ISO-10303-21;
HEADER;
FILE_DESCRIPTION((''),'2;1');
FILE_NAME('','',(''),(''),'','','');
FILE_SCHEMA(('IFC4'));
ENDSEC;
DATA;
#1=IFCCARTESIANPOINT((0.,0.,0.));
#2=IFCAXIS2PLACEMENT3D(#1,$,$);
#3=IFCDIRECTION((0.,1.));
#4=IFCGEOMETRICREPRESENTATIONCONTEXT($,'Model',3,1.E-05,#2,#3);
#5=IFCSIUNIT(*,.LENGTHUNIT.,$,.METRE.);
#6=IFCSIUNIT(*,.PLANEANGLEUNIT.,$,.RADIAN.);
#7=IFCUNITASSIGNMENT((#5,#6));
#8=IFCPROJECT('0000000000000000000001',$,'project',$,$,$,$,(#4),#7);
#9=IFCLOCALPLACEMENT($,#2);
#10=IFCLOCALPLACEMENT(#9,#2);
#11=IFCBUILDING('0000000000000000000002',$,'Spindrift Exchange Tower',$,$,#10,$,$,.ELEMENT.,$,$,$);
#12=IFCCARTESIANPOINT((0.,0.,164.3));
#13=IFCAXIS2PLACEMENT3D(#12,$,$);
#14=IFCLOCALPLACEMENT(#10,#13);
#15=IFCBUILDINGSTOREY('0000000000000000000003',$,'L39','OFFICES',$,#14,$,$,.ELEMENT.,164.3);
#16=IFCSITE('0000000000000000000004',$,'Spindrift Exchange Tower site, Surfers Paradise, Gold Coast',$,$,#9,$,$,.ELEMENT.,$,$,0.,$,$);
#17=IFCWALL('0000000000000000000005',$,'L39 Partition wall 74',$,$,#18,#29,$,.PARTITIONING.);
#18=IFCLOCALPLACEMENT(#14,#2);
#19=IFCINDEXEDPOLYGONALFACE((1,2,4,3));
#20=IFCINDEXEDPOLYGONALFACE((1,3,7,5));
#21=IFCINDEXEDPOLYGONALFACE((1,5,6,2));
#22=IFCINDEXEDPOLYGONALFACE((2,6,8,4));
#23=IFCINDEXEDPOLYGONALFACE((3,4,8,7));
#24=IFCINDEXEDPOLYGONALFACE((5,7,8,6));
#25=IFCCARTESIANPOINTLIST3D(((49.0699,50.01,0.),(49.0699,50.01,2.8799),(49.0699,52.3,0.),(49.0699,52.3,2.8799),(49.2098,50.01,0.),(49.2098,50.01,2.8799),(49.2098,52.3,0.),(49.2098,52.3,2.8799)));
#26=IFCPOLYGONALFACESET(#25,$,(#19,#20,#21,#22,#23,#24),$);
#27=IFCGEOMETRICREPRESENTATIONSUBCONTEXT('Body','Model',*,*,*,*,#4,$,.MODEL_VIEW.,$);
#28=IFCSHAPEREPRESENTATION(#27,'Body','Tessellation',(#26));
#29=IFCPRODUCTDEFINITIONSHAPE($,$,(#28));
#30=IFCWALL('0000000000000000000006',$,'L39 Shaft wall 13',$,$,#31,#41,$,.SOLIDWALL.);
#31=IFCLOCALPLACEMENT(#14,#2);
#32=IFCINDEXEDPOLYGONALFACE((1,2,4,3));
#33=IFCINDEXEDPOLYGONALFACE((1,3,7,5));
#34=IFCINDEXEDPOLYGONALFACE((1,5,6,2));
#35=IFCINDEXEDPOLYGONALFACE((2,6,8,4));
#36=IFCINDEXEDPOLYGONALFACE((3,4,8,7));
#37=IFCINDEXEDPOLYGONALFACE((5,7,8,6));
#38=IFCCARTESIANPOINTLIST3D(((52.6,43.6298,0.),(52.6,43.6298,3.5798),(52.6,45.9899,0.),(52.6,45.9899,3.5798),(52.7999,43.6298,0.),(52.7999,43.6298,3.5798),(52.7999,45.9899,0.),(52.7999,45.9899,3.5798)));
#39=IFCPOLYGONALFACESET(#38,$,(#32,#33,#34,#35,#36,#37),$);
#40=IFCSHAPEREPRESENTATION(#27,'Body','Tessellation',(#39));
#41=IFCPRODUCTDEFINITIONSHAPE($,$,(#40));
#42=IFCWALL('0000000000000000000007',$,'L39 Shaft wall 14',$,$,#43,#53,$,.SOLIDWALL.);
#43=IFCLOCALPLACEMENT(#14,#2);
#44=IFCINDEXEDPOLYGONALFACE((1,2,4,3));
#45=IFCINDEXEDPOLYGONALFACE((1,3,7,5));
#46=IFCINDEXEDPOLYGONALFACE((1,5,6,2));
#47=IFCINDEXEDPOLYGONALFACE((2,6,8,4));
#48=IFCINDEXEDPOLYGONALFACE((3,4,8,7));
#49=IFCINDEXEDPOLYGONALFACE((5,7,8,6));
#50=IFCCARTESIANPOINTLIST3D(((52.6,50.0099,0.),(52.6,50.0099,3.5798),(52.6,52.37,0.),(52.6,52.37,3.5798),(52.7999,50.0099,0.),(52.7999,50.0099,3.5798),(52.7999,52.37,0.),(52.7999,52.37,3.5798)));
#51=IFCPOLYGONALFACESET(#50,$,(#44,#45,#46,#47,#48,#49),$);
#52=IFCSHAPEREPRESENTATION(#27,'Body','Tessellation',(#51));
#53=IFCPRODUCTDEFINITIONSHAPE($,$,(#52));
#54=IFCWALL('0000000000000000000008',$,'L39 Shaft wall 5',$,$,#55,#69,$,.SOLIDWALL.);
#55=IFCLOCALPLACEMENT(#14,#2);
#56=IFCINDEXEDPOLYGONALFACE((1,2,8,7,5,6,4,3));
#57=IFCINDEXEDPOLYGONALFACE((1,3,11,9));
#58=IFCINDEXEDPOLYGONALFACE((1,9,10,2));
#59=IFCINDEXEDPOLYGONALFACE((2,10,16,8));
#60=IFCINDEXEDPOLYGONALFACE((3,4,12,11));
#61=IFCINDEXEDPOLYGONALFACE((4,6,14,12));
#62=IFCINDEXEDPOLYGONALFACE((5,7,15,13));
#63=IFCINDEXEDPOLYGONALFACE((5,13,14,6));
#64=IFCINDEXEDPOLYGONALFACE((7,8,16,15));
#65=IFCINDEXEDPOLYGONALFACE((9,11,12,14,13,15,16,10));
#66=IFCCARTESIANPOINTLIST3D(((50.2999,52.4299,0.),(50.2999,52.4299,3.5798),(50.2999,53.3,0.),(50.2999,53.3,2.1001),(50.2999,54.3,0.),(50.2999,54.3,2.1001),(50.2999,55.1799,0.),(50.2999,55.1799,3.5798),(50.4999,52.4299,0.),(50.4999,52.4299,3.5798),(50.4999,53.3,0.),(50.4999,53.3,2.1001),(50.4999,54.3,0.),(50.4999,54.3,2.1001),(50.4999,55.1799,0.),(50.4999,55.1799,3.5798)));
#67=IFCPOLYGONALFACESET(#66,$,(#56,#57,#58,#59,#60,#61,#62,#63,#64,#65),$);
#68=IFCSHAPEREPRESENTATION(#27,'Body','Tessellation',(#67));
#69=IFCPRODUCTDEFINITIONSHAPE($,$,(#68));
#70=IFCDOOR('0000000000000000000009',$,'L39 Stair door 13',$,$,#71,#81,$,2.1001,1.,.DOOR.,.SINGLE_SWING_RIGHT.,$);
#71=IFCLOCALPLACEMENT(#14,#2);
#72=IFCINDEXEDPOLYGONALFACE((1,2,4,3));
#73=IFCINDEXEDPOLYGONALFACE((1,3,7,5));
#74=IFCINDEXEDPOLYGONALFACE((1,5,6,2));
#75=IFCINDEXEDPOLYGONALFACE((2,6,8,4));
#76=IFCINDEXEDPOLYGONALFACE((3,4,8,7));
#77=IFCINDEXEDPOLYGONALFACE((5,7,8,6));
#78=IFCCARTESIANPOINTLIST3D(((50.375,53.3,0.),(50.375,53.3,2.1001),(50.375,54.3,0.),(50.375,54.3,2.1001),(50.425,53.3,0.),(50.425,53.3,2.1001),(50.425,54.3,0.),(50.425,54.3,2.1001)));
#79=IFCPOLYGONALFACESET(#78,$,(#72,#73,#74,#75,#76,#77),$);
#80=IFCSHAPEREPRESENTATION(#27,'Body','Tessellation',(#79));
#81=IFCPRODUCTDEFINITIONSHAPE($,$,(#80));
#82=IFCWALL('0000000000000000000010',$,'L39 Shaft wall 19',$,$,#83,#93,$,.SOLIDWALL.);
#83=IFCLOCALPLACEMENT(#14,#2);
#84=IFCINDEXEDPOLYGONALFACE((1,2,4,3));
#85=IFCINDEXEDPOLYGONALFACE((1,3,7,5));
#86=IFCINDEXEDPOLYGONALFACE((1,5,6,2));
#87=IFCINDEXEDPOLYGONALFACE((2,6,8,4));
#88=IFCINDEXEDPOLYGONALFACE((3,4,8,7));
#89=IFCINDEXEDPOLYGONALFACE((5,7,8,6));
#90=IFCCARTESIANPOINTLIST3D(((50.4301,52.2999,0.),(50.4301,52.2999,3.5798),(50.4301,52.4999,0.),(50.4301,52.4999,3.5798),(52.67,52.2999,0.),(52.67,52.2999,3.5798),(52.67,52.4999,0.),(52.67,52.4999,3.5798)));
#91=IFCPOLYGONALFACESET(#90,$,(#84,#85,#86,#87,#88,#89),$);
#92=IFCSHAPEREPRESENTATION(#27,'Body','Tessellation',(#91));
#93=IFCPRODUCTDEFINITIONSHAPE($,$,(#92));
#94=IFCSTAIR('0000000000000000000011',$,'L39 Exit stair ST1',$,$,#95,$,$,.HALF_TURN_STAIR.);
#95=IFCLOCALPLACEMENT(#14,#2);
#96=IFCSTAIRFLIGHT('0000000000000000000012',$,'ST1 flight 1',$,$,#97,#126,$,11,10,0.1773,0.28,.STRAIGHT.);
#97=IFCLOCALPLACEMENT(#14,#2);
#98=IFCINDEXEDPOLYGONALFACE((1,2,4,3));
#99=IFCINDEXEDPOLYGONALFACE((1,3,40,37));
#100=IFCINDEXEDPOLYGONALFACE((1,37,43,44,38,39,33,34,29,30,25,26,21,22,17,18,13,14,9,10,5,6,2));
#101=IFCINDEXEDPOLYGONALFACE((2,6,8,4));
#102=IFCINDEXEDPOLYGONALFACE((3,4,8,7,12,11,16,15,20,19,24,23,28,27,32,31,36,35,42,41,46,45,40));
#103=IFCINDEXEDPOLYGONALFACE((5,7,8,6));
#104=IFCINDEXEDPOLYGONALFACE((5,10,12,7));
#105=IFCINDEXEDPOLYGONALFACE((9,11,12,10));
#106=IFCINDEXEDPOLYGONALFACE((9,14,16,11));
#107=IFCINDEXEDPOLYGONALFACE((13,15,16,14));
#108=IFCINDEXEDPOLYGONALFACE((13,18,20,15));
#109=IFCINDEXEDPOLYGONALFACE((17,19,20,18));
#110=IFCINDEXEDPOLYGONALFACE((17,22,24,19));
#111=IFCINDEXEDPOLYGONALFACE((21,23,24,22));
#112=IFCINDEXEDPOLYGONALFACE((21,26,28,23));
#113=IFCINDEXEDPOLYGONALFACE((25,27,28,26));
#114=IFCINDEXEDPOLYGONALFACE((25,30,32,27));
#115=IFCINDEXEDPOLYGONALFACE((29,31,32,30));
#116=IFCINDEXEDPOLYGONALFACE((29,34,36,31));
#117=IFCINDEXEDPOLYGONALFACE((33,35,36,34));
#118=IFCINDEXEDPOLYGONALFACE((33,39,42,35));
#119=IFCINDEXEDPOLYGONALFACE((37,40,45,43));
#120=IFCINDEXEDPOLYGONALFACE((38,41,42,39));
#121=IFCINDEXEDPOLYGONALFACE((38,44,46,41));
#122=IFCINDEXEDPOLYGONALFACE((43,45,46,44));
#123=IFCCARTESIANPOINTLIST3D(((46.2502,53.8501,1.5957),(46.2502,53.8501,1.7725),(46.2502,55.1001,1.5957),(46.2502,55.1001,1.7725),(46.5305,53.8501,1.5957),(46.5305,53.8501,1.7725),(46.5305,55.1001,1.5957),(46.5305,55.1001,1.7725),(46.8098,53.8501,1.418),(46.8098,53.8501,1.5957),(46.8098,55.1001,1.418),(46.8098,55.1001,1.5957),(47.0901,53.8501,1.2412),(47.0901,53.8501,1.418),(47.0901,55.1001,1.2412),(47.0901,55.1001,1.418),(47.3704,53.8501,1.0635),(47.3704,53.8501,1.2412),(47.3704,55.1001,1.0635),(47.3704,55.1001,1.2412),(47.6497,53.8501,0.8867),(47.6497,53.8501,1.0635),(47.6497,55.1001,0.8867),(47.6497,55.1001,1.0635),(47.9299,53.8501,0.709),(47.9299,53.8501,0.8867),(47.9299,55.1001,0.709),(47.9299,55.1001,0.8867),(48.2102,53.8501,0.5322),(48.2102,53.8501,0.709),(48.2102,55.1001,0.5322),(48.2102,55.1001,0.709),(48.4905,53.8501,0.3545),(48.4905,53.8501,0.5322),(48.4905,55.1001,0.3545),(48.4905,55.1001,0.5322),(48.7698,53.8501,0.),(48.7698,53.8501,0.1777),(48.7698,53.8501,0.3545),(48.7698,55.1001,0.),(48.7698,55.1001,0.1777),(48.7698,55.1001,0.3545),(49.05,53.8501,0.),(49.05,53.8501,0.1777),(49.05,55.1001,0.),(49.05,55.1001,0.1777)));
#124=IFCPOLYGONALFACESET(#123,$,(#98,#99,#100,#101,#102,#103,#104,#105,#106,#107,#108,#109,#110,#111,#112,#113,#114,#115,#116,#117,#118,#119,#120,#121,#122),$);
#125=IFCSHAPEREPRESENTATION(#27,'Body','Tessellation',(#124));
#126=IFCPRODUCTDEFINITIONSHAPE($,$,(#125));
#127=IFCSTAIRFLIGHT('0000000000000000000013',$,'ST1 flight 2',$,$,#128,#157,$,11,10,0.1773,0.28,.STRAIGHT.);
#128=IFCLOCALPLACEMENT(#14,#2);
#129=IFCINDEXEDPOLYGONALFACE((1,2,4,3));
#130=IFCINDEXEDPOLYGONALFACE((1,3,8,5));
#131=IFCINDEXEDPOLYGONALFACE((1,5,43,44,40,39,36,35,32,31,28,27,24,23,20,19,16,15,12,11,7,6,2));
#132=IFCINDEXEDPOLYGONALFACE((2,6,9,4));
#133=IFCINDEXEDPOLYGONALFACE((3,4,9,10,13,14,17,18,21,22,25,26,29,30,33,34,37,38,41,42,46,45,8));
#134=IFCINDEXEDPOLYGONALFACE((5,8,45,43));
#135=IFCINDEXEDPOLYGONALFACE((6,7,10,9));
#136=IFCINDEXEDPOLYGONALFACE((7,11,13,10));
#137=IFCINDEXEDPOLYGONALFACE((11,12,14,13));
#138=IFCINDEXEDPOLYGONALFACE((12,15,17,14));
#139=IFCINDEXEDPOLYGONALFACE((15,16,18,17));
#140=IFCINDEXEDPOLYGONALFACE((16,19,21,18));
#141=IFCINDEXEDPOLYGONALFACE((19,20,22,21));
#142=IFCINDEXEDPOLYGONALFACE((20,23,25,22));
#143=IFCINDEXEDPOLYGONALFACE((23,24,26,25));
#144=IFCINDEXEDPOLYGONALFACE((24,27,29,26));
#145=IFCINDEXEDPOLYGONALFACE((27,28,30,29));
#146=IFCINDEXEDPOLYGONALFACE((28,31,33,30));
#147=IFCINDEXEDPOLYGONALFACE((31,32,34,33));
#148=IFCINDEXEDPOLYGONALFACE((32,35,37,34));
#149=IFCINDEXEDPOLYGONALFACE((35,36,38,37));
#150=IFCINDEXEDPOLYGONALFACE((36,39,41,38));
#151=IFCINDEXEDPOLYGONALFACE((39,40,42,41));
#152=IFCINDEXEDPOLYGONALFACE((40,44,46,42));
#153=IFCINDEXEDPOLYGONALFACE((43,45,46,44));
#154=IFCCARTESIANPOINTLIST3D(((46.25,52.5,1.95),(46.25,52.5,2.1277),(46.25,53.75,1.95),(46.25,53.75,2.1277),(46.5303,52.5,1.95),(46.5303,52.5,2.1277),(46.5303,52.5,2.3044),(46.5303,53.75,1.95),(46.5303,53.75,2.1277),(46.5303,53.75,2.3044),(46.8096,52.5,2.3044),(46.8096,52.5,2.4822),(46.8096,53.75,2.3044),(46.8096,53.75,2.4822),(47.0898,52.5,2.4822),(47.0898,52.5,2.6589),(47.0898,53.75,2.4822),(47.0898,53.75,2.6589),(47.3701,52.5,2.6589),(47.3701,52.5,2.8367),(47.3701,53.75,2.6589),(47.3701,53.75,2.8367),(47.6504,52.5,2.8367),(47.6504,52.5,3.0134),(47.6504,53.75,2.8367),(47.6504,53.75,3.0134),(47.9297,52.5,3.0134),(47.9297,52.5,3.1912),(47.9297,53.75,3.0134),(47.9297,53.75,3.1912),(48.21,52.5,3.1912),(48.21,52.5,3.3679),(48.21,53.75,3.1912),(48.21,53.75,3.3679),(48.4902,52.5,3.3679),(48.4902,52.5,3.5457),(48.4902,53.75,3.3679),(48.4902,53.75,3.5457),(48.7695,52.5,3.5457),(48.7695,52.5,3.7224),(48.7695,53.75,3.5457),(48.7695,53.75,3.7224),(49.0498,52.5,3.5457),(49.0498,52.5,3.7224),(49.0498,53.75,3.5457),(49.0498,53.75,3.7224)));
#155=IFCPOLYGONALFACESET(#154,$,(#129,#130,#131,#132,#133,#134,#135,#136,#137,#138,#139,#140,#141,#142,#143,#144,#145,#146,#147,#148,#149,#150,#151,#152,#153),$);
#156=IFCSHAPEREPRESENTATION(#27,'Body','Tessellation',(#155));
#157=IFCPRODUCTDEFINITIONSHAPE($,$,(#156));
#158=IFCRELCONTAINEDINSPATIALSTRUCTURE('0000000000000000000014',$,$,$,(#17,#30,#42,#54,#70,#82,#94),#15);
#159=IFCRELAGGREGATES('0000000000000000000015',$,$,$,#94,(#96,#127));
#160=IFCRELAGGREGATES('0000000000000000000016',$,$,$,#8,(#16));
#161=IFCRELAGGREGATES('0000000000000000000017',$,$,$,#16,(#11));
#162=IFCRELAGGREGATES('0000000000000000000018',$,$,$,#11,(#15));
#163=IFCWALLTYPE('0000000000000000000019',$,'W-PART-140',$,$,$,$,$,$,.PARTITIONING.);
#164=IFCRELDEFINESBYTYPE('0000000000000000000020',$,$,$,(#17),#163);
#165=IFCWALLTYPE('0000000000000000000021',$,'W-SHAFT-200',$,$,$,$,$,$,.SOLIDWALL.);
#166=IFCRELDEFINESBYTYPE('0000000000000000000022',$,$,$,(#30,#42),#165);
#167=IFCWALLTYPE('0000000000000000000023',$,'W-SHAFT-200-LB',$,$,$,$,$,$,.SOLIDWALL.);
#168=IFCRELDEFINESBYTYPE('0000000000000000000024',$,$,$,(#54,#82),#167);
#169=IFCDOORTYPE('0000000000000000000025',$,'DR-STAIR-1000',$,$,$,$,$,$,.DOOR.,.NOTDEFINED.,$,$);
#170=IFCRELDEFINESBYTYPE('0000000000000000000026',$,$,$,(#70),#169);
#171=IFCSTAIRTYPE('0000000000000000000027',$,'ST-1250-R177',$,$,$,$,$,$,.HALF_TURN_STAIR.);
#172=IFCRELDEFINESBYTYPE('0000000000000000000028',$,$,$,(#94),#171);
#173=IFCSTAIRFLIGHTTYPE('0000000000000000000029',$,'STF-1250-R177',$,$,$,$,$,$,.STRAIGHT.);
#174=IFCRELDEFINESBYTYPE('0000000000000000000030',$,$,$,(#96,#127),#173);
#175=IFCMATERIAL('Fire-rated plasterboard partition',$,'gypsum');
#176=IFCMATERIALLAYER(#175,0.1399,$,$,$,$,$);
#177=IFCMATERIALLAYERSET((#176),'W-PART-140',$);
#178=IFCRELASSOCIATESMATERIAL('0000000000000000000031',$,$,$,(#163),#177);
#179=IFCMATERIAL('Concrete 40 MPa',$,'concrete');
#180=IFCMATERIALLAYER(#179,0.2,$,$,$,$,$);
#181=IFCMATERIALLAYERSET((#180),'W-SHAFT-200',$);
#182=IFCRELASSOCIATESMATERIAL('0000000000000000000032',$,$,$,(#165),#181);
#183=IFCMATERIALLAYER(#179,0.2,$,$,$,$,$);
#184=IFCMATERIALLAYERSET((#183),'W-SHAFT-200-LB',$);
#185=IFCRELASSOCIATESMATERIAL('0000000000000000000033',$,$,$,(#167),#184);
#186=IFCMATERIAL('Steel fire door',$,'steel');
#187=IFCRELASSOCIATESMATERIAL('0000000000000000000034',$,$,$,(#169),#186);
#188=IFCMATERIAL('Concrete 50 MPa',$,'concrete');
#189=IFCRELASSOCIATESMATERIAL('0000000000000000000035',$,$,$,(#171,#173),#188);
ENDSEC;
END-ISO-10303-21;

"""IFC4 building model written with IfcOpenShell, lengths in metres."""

from ifc_helpers import new_model, si_unit, direction, frame, frame_2d, origin, place, context, subcontext, project, spatial, line, indexed_curve, rectangle, outline, extrude, source, transform, mapped, material, layer, layer_set, type_object, element, fill, aggregate, save


model = new_model("IFC4")

# Units and contexts
model_context = context("Model", 3, precision=1e-05, world=origin(), true_north=direction((0.0, 1.0)))
body_context = subcontext(model_context, "Body", "Model", "MODEL_VIEW")
ifc_project = project(units=[si_unit("LENGTHUNIT", "METRE"), si_unit("PLANEANGLEUNIT", "RADIAN")], contexts=[model_context])

# Site, building, storey
site_placement = place(None, origin())
site = spatial("IfcSite", under=ifc_project, at=site_placement, Name="Spindrift Exchange Tower site, Surfers Paradise, Gold Coast", CompositionType="ELEMENT", RefElevation=0.0)
building_placement = place(site_placement, origin())
building = spatial("IfcBuilding", under=site, at=building_placement, Name="Spindrift Exchange Tower", CompositionType="ELEMENT")
storey_placement = place(building_placement, frame((0.0, 0.0, 164.3)))
storey = spatial("IfcBuildingStorey", under=building, at=storey_placement, Name="L39", Description="OFFICES", CompositionType="ELEMENT", Elevation=164.3)

# Walls
ifc_material_1 = material(Name="Fire-rated plasterboard partition", Category="gypsum")
ifc_layer_1 = layer(ifc_material_1, 0.1399)
ifc_layer_set_1 = layer_set([ifc_layer_1], Name="W-PART-140")
wall_type_1 = type_object("IfcWallType", Name="W-PART-140", PredefinedType="PARTITIONING", material=ifc_layer_set_1)
wall_1_placement = place(storey_placement, frame((49.1399, 50.01, 0.0), z_axis=(0.0, 0.0, 1.0), x_axis=(0.0, 1.0, 0.0)))
element("IfcWall", 1, at=wall_1_placement, inside=storey, type_object=wall_type_1, Name="L39 Partition wall 74", PredefinedType="PARTITIONING", context=body_context, shape_type="SweptSolid", body=[
    extrude(rectangle(XDim=2.29, YDim=0.1399, at=frame_2d((1.145, 0.0))), origin(), (0.0, 0.0, 1.0), 2.8799),
])
ifc_material_2 = material(Name="Concrete 40 MPa", Category="concrete")
ifc_layer_2 = layer(ifc_material_2, 0.2)
ifc_layer_set_2 = layer_set([ifc_layer_2], Name="W-SHAFT-200")
wall_type_2 = type_object("IfcWallType", Name="W-SHAFT-200", PredefinedType="SOLIDWALL", material=ifc_layer_set_2)
for number, where, z_axis, x_axis, name in (
    (2, (52.7, 45.99, 0.0), (0.0, 0.0, 1.0), (0.0, -1.0, 0.0), "L39 Shaft wall 13"),
    (3, (52.7, 52.3701, 0.0), (0.0, 0.0, 1.0), (0.0, -1.0, 0.0), "L39 Shaft wall 14"),
):
    element("IfcWall", number, at=place(storey_placement, frame(where, z_axis=z_axis, x_axis=x_axis)), inside=storey, type_object=wall_type_2, Name=name, PredefinedType="SOLIDWALL", context=body_context, shape_type="SweptSolid", body=[
        extrude(rectangle(XDim=2.3601, YDim=0.2, at=frame_2d((1.1802, 0.0))), origin(), (0.0, 0.0, 1.0), 3.5798),
    ])

# Wall, opening, door
ifc_layer_3 = layer(ifc_material_2, 0.2)
ifc_layer_set_3 = layer_set([ifc_layer_3], Name="W-SHAFT-200-LB")
wall_type_3 = type_object("IfcWallType", Name="W-SHAFT-200-LB", PredefinedType="SOLIDWALL", material=ifc_layer_set_3)
wall_2_placement = place(storey_placement, frame((50.3999, 52.4299, 0.0), z_axis=(0.0, 0.0, 1.0), x_axis=(0.0, 1.0, 0.0)))
wall_2 = element("IfcWall", 4, at=wall_2_placement, inside=storey, type_object=wall_type_3, Name="L39 Shaft wall 5", PredefinedType="SOLIDWALL", context=body_context, shape_type="SweptSolid", body=[
    extrude(rectangle(XDim=2.75, YDim=0.2, at=frame_2d((1.375, 0.0))), origin(), (0.0, 0.0, 1.0), 3.5798),
])
opening_placement = place(wall_2_placement, frame((0.8701, 0.0, 0.0)))
opening = element("IfcOpeningElement", 5, at=opening_placement, cuts=wall_2, PredefinedType="OPENING", context=body_context, shape_type="SweptSolid", body=[
    extrude(rectangle(XDim=1.0, YDim=2.1001, at=frame_2d((0.5, 1.05))), frame((0.0, 0.1099, 0.0), z_axis=(0.0, -1.0, 0.0), x_axis=(1.0, 0.0, 0.0)), (0.0, 0.0, 1.0), 0.22),
])
ifc_material_3 = material(Name="Steel fire door", Category="steel")
door_type = type_object("IfcDoorType", Name="DR-STAIR-1000", OperationType="NOTDEFINED", PredefinedType="DOOR", material=ifc_material_3)
shared_shape = source(origin(), body_context, "Body", "SweptSolid", [
    extrude(rectangle(XDim=1.0, YDim=2.1001, at=frame_2d((0.5, 1.05))), frame((0.0, 0.0249, 0.0), z_axis=(0.0, -1.0, 0.0), x_axis=(1.0, 0.0, 0.0)), (0.0, 0.0, 1.0), 0.05),
])
door_placement = place(opening_placement, origin())
door = element("IfcDoor", 6, at=door_placement, inside=storey, type_object=door_type, Name="L39 Stair door 13", OperationType="SINGLE_SWING_RIGHT", OverallHeight=2.1001, OverallWidth=1.0, PredefinedType="DOOR", context=body_context, shape_type="MappedRepresentation", body=[
    mapped(shared_shape, transform((0.0, 0.0, 0.0), scale=1.0)),
])
fill(opening, door)

# Wall
wall_3_placement = place(storey_placement, frame((50.4299, 52.3999, 0.0), z_axis=(0.0, 0.0, 1.0), x_axis=(1.0, 0.0, 0.0)))
element("IfcWall", 7, at=wall_3_placement, inside=storey, type_object=wall_type_3, Name="L39 Shaft wall 19", PredefinedType="SOLIDWALL", context=body_context, shape_type="SweptSolid", body=[
    extrude(rectangle(XDim=2.24, YDim=0.2, at=frame_2d((1.1201, 0.0))), origin(), (0.0, 0.0, 1.0), 3.5798),
])

# Stair, stair flights
ifc_material_4 = material(Name="Concrete 50 MPa", Category="concrete")
stair_type = type_object("IfcStairType", Name="ST-1250-R177", PredefinedType="HALF_TURN_STAIR", material=ifc_material_4)
stair_placement = place(storey_placement, origin())
stair = element("IfcStair", 8, at=stair_placement, inside=storey, type_object=stair_type, Name="L39 Exit stair ST1", PredefinedType="HALF_TURN_STAIR")
stair_flight_type = type_object("IfcStairFlightType", Name="STF-1250-R177", PredefinedType="STRAIGHT", material=ifc_material_4)
stair_flight_1_placement = place(storey_placement, frame((49.05, 54.4751, 0.0), z_axis=(0.0, 0.0, 1.0), x_axis=(-1.0, 0.0, 0.0)))
stair_flight_1 = element("IfcStairFlight", 9, at=stair_flight_1_placement, type_object=stair_flight_type, Name="ST1 flight 1", NumberOfRisers=11, NumberOfTreads=10, PredefinedType="STRAIGHT", RiserHeight=0.1773, TreadLength=0.28, context=body_context, shape_type="SweptSolid", body=[
    extrude(outline(indexed_curve([(0.0, 0.0), (0.0, 0.1777), (0.2803, 0.1777), (0.2803, 0.3545), (0.5596, 0.3545), (0.5596, 0.5322), (0.8398, 0.5322), (0.8398, 0.709), (1.1201, 0.709), (1.1201, 0.8867), (1.4004, 0.8867), (1.4004, 1.0635), (1.6797, 1.0635), (1.6797, 1.2412), (1.96, 1.2412), (1.96, 1.418), (2.2402, 1.418), (2.2402, 1.5957), (2.5195, 1.5957), (2.5195, 1.7725), (2.7998, 1.7725), (2.7998, 1.9502), (2.7998, 1.5957), (0.2803, 0.0)], segments=[line(1, 2, 3, 4, 5, 6, 7, 8, 9, 10, 11, 12, 13, 14, 15, 16, 17, 18, 19, 20, 21, 22, 23, 24, 1)], self_intersect=False)), frame((0.0, 0.625, 0.0), z_axis=(0.0, -1.0, 0.0), x_axis=(1.0, 0.0, 0.0)), (0.0, 0.0, 1.0), 1.25),
])
stair_flight_2_placement = place(storey_placement, frame((46.25, 53.125, 1.95), z_axis=(0.0, 0.0, 1.0), x_axis=(1.0, 0.0, 0.0)))
stair_flight_2 = element("IfcStairFlight", 10, at=stair_flight_2_placement, type_object=stair_flight_type, Name="ST1 flight 2", NumberOfRisers=11, NumberOfTreads=10, PredefinedType="STRAIGHT", RiserHeight=0.1773, TreadLength=0.28, context=body_context, shape_type="SweptSolid", body=[
    extrude(outline(indexed_curve([(0.0, 0.0), (0.0, 0.1777), (0.2803, 0.1777), (0.2803, 0.3545), (0.5596, 0.3545), (0.5596, 0.5322), (0.8398, 0.5322), (0.8398, 0.709), (1.1201, 0.709), (1.1201, 0.8867), (1.4004, 0.8867), (1.4004, 1.0635), (1.6797, 1.0635), (1.6797, 1.2412), (1.96, 1.2412), (1.96, 1.418), (2.2402, 1.418), (2.2402, 1.5957), (2.5195, 1.5957), (2.5195, 1.7725), (2.7998, 1.7725), (2.7998, 1.9502), (2.7998, 1.5957), (0.2803, 0.0)], segments=[line(1, 2, 3, 4, 5, 6, 7, 8, 9, 10, 11, 12, 13, 14, 15, 16, 17, 18, 19, 20, 21, 22, 23, 24, 1)], self_intersect=False)), frame((0.0, 0.625, 0.0), z_axis=(0.0, -1.0, 0.0), x_axis=(1.0, 0.0, 0.0)), (0.0, 0.0, 1.0), 1.25),
])
aggregate(stair, [stair_flight_1, stair_flight_2])

save(model, "model.ifc")
